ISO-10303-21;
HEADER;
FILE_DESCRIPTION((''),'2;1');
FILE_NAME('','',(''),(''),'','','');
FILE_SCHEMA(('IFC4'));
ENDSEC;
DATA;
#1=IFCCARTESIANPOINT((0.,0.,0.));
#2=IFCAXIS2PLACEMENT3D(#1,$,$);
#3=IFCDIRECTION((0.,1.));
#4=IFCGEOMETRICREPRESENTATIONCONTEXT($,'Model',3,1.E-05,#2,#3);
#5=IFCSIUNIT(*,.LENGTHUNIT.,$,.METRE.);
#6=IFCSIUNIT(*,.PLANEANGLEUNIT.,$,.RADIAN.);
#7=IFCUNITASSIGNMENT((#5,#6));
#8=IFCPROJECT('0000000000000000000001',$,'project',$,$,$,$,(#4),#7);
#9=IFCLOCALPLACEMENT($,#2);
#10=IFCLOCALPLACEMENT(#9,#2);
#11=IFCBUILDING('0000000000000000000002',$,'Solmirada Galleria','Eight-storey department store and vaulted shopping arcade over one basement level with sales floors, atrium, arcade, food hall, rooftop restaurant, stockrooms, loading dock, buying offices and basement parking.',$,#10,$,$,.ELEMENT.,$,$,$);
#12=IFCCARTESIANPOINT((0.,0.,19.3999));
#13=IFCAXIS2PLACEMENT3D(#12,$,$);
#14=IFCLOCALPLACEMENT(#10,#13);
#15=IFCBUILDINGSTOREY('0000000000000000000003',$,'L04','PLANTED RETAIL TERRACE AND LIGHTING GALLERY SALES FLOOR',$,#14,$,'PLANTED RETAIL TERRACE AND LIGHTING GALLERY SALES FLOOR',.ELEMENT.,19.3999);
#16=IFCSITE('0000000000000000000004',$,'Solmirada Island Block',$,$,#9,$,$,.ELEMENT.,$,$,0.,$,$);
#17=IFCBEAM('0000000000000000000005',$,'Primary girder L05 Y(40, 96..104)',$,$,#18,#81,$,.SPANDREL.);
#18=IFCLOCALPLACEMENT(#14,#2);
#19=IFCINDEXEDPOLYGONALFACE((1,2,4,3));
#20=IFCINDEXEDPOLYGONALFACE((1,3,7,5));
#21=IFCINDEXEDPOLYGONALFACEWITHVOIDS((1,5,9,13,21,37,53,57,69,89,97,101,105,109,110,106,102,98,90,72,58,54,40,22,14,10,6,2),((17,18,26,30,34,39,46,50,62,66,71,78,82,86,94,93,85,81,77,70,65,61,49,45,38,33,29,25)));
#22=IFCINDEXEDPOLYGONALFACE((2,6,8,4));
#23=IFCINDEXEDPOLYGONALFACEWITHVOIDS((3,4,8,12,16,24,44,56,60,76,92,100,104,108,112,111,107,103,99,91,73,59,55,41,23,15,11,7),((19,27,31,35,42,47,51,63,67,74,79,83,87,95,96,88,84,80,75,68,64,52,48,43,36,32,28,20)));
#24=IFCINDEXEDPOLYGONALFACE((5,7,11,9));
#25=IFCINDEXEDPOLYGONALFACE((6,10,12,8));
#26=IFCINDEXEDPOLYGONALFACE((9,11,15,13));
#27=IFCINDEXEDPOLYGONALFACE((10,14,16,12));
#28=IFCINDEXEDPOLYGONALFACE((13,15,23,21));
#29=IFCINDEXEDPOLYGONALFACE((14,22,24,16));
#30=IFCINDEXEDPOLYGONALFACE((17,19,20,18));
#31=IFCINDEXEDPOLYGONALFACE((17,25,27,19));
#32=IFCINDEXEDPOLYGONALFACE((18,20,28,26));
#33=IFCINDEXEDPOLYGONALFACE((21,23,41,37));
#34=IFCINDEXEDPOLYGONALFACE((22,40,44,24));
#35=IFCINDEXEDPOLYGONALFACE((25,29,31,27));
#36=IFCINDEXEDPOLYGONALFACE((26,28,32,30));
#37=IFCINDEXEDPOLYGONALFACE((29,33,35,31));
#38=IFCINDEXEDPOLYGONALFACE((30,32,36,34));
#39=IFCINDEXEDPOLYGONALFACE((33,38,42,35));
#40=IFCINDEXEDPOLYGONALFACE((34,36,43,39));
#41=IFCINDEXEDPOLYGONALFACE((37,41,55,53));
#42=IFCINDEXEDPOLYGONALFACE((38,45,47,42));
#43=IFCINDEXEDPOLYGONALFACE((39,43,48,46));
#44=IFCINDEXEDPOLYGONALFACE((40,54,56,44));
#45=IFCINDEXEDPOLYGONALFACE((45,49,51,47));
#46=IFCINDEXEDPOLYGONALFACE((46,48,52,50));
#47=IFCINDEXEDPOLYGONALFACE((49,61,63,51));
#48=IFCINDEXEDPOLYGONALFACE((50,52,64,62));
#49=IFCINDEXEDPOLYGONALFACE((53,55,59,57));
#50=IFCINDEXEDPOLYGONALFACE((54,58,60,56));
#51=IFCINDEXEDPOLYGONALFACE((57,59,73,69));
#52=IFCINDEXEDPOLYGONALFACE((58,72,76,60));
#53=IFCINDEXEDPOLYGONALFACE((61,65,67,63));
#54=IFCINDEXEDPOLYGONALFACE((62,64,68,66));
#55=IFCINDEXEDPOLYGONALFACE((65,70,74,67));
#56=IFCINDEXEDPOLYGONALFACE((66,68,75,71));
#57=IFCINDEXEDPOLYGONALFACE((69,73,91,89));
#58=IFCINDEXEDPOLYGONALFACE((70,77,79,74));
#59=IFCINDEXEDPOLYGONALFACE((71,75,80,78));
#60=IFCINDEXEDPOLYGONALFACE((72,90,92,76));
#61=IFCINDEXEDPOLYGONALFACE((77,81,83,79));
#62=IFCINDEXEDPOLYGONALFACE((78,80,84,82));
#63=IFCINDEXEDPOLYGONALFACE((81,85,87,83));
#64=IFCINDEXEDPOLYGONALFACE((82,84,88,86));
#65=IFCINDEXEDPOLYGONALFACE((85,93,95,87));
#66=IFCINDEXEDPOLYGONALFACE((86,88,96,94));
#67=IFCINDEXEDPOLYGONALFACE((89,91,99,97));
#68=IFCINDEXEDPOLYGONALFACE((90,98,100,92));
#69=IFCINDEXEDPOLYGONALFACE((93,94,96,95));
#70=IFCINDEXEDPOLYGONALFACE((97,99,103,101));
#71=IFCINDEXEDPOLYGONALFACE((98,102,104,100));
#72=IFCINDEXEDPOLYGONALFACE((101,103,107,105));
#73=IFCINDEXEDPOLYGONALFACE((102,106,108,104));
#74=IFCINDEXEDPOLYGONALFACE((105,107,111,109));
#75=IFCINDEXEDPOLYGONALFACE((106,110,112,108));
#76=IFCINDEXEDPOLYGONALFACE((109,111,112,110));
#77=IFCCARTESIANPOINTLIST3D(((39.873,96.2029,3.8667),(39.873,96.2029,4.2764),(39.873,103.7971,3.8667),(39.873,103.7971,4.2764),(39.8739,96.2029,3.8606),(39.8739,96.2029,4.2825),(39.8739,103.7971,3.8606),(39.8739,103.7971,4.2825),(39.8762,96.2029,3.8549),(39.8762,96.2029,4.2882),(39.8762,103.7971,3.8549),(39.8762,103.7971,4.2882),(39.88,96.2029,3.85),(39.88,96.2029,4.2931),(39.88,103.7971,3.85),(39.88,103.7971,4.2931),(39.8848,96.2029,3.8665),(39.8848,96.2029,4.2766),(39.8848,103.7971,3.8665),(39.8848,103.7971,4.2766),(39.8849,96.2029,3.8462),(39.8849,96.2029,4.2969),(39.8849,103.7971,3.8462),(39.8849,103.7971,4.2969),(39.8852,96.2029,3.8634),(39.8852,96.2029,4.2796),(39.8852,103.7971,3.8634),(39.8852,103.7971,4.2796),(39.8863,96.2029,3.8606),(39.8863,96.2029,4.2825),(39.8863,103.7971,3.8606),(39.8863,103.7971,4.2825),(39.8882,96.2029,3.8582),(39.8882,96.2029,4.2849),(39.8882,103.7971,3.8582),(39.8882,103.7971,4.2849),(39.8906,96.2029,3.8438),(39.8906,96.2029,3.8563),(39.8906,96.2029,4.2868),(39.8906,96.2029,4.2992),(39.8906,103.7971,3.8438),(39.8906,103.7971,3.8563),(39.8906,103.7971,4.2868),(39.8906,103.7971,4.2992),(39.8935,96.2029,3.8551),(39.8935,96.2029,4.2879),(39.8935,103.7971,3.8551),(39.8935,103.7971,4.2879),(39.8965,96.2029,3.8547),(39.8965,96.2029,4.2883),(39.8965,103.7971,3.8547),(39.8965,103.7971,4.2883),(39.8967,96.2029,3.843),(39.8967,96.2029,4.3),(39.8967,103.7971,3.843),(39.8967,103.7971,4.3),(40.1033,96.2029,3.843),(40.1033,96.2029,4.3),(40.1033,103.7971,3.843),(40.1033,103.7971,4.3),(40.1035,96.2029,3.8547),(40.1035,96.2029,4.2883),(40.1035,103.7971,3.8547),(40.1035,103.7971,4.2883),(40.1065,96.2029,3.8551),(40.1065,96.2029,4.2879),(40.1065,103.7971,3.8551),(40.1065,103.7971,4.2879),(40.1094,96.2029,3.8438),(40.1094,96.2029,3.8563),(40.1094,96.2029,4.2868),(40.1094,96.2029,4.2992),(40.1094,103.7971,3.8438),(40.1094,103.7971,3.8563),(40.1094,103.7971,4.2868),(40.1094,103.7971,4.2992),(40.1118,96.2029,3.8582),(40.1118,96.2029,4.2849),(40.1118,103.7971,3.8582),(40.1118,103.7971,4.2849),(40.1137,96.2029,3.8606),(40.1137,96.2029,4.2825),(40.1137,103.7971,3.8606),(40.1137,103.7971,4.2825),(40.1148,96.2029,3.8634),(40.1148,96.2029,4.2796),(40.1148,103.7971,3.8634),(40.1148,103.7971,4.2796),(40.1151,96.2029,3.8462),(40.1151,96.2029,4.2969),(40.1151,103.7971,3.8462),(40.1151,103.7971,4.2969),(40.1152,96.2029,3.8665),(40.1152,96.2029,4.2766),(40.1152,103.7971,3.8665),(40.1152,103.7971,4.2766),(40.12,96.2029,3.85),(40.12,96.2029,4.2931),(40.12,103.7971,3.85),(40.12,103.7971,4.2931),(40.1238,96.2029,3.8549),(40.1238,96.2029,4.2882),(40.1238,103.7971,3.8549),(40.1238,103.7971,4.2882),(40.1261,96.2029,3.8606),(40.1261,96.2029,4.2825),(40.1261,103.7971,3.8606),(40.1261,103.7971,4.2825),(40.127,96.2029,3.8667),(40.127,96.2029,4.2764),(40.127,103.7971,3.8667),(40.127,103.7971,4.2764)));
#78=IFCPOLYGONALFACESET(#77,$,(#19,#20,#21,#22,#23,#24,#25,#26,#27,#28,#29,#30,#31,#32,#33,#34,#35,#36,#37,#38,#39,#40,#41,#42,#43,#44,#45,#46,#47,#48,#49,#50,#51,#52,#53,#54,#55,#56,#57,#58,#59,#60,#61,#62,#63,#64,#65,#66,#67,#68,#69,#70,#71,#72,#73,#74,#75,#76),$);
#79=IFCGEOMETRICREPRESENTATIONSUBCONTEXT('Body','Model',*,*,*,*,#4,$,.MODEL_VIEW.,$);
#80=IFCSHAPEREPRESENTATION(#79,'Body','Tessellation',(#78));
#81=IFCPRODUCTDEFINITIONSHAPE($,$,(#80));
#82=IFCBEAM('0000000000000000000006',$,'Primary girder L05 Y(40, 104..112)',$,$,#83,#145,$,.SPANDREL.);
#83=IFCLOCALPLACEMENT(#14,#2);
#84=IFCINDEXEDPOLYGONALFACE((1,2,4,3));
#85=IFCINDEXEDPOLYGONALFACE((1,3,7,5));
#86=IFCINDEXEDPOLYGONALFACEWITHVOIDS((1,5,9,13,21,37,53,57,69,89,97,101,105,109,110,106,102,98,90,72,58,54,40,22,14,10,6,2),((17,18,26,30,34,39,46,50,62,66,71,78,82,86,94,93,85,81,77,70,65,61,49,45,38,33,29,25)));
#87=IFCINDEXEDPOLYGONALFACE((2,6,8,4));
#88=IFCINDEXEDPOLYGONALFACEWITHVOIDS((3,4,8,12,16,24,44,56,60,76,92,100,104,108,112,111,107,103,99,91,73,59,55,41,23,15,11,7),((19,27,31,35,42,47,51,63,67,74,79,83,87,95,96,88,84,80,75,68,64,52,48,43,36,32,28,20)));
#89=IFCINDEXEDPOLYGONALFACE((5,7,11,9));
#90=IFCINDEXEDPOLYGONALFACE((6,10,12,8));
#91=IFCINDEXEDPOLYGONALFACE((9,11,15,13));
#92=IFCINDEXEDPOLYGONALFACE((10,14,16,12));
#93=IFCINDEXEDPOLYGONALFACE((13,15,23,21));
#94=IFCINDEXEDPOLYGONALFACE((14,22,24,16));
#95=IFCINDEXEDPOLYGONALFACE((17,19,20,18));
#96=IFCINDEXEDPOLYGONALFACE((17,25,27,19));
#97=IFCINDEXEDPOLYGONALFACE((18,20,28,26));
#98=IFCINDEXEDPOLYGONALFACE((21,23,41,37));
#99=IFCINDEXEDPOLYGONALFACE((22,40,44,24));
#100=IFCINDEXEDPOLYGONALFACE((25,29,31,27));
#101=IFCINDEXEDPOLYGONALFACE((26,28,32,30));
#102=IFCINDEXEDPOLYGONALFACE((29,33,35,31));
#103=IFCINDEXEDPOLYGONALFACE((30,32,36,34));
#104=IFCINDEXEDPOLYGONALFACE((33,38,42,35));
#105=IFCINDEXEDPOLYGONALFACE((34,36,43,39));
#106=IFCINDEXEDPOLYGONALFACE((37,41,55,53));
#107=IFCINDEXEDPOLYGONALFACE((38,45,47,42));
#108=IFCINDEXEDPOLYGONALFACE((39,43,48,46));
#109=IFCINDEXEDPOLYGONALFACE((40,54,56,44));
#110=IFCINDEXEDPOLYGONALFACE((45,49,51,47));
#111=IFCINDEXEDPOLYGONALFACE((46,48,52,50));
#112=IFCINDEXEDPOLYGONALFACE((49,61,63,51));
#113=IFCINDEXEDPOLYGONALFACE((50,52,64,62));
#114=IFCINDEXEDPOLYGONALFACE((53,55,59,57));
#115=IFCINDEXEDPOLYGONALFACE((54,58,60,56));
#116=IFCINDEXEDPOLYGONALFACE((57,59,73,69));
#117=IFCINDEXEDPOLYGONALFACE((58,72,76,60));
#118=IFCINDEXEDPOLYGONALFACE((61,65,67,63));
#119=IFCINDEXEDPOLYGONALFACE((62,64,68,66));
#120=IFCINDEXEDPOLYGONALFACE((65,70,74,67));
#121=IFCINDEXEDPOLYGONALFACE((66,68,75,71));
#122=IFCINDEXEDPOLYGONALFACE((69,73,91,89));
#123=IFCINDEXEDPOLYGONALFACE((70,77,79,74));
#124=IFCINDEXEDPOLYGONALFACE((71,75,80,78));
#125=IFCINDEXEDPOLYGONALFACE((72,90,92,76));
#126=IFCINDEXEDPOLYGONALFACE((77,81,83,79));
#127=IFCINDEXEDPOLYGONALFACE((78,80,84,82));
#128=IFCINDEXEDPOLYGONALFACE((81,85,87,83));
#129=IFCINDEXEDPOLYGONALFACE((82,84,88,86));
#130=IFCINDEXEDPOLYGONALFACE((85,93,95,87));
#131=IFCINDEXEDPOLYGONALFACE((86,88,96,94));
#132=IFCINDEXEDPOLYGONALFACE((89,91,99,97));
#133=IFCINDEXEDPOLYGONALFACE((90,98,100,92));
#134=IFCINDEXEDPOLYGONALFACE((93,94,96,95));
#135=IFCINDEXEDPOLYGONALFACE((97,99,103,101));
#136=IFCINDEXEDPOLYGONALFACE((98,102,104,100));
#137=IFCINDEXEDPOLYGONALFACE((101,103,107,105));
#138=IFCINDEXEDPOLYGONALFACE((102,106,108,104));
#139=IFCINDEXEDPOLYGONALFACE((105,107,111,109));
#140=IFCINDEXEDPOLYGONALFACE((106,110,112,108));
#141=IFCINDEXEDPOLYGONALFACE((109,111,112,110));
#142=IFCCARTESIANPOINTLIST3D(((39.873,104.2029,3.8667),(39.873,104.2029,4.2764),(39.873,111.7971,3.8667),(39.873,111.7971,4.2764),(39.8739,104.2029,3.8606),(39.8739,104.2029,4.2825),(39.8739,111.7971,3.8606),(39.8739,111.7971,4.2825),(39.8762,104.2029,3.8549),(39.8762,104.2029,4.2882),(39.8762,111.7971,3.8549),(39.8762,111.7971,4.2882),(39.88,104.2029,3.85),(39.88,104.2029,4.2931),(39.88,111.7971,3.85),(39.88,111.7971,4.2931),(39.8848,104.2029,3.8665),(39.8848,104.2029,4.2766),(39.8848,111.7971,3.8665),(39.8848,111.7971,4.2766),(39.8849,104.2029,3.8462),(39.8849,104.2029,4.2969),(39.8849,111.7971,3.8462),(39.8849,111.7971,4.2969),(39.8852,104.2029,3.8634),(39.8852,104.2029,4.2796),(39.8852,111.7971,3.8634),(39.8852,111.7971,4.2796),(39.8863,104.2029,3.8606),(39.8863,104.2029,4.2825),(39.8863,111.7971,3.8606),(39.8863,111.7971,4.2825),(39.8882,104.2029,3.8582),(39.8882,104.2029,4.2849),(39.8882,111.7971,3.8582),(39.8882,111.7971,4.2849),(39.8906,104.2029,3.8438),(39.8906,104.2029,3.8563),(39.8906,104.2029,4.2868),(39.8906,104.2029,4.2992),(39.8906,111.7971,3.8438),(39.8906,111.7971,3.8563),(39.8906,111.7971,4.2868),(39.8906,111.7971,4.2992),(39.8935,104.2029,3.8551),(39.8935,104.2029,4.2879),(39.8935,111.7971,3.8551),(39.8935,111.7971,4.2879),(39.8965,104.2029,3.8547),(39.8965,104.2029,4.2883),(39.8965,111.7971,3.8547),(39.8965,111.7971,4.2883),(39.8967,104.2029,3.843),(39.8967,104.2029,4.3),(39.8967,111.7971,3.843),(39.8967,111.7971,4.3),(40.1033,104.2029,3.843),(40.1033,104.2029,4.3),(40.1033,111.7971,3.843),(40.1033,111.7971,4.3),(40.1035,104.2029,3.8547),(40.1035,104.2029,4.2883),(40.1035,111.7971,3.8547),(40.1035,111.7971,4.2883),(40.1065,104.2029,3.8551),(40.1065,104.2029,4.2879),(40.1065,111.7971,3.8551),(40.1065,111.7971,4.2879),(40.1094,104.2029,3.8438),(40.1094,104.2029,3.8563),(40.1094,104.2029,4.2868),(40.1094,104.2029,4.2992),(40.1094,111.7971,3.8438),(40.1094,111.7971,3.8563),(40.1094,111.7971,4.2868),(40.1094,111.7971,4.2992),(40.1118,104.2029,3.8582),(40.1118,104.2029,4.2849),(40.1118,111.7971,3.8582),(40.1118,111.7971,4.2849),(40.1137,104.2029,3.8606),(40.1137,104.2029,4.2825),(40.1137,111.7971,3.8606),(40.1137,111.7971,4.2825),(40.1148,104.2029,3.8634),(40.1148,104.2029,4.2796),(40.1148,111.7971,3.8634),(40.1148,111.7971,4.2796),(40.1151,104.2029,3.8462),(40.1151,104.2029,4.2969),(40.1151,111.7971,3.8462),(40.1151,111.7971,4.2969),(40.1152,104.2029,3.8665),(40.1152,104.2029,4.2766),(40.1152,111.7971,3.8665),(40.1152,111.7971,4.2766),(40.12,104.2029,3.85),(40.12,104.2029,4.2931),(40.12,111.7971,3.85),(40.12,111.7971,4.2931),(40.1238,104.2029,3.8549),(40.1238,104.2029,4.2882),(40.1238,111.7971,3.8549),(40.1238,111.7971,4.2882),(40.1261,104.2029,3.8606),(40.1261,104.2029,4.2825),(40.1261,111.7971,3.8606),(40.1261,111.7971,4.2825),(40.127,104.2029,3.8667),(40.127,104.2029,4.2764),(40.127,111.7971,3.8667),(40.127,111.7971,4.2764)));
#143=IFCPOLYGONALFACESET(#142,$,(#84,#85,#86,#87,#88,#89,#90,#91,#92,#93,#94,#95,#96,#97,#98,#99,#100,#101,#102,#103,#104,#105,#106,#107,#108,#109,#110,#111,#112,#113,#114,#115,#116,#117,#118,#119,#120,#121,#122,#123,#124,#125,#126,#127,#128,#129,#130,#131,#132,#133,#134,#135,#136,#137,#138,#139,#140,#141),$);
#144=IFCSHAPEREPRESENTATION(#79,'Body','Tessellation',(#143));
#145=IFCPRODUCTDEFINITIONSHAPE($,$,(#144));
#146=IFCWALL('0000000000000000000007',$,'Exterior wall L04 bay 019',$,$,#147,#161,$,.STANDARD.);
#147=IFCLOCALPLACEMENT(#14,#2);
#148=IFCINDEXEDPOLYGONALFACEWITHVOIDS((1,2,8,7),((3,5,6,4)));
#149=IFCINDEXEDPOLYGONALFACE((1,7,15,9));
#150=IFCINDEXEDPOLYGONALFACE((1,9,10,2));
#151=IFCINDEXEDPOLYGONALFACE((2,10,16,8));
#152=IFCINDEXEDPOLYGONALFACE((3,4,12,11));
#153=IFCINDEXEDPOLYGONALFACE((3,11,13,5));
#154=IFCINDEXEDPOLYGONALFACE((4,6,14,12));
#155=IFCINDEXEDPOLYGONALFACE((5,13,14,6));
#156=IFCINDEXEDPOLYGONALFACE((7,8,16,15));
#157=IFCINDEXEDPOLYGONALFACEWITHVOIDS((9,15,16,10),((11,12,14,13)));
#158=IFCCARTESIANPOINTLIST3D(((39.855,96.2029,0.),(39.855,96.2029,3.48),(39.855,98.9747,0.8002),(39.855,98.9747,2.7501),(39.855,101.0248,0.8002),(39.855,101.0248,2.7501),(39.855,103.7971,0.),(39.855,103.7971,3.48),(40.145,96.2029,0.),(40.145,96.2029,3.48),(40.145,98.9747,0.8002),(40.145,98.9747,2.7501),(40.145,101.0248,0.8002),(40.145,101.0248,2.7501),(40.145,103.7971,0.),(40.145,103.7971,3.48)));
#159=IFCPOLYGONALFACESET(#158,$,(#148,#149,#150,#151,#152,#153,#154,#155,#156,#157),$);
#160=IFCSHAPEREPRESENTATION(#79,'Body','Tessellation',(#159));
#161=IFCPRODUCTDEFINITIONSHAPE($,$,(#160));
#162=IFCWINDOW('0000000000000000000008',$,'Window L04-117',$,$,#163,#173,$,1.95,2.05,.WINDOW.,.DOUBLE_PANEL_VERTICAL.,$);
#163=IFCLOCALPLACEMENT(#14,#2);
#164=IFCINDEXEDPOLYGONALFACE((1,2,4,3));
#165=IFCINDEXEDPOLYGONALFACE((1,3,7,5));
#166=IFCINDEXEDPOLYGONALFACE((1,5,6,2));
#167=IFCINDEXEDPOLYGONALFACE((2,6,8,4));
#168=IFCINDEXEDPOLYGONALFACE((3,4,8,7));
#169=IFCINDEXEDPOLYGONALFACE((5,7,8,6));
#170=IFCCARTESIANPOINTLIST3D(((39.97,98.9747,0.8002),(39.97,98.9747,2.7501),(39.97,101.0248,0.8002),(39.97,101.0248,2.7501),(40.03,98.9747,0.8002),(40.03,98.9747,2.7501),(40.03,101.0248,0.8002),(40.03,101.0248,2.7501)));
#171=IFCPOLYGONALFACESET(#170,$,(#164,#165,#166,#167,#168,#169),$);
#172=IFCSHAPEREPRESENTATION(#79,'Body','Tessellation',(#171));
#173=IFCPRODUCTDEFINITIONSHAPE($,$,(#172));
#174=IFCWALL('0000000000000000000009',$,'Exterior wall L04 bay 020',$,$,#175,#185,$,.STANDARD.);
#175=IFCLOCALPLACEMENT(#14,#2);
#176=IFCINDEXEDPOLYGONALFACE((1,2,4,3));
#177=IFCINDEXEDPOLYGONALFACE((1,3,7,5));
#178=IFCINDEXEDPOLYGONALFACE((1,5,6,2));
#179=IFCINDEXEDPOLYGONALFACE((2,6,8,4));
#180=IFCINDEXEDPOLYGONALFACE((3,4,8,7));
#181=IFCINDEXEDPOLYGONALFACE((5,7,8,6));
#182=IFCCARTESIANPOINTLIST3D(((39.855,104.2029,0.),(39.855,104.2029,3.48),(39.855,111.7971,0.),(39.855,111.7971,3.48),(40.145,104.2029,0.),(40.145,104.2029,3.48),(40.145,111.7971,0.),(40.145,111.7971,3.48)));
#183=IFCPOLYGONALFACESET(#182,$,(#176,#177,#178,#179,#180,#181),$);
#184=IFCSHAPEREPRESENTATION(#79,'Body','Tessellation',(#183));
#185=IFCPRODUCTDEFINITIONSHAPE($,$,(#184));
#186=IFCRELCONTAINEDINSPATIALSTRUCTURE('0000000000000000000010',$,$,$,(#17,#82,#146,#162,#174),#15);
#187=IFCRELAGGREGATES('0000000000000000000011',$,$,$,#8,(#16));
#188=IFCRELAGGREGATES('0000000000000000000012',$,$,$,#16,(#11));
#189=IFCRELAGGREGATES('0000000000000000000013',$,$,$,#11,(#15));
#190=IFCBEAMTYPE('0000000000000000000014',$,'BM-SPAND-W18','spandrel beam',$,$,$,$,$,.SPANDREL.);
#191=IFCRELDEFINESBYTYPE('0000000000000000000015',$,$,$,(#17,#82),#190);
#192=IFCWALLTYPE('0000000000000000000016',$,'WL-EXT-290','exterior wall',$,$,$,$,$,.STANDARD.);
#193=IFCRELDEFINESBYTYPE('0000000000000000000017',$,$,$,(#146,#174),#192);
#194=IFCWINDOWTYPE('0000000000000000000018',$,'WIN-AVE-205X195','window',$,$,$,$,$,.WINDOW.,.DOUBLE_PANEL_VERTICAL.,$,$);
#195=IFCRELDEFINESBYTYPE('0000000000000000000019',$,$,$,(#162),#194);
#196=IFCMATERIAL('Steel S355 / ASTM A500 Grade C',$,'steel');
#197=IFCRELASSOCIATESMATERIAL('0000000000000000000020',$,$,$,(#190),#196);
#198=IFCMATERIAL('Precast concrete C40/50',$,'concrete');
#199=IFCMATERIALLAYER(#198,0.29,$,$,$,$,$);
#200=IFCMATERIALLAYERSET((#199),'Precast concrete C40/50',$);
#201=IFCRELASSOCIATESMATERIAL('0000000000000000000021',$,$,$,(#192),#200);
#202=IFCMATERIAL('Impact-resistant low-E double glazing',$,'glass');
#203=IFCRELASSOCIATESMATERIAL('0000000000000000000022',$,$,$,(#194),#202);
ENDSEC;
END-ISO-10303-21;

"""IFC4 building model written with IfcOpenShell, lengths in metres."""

from ifc_helpers import new_model, si_unit, direction, frame, frame_2d, origin, origin_2d, place, context, subcontext, project, spatial, rectangle, hollow_rectangle, extrude, material, layer, layer_set, material_profile, profile_set, type_object, element, fill, save


model = new_model("IFC4")

# Units and contexts
model_context = context("Model", 3, precision=1e-05, world=origin(), true_north=direction((0.0, 1.0)))
body_context = subcontext(model_context, "Body", "Model", "MODEL_VIEW")
ifc_project = project(units=[si_unit("LENGTHUNIT", "METRE"), si_unit("PLANEANGLEUNIT", "RADIAN")], contexts=[model_context])

# Site, building, storey
site_placement = place(None, origin())
site = spatial("IfcSite", under=ifc_project, at=site_placement, Name="Solmirada Island Block", CompositionType="ELEMENT", RefElevation=0.0)
building_placement = place(site_placement, origin())
building = spatial("IfcBuilding", under=site, at=building_placement, Name="Solmirada Galleria", Description="Eight-storey department store and vaulted shopping arcade over one basement level with sales floors, atrium, arcade, food hall, rooftop restaurant, stockrooms, loading dock, buying offices and basement parking.", CompositionType="ELEMENT")
storey_placement = place(building_placement, frame((0.0, 0.0, 19.3999)))
storey = spatial("IfcBuildingStorey", under=building, at=storey_placement, Name="L04", Description="PLANTED RETAIL TERRACE AND LIGHTING GALLERY SALES FLOOR", LongName="PLANTED RETAIL TERRACE AND LIGHTING GALLERY SALES FLOOR", CompositionType="ELEMENT", Elevation=19.3999)

# Shared definitions
ifc_material_1 = material(Name="Steel S355 / ASTM A500 Grade C", Category="steel")

# Beams
ifc_material_profile_1 = material_profile(ifc_material_1, hollow_rectangle(XDim=0.2539, YDim=0.457, WallThickness=0.0117, InnerFilletRadius=0.0117, OuterFilletRadius=0.0237, at=origin_2d()), Name="HSS18X10X1/2")
ifc_profile_set_1 = profile_set([ifc_material_profile_1], Name="Steel S355 / ASTM A500 Grade C")
beam_type_1 = type_object("IfcBeamType", Name="BM-SPAND-W18", Description="spandrel beam", PredefinedType="SPANDREL", material=ifc_profile_set_1)
for number, where, z_axis, x_axis, name in (
    (1, (40.0, 96.2029, 4.0715), (0.0, 1.0, 0.0), (-1.0, 0.0, 0.0), "Primary girder L05 Y(40, 96..104)"),
    (2, (40.0, 104.2029, 4.0715), (0.0, 1.0, 0.0), (-1.0, 0.0, 0.0), "Primary girder L05 Y(40, 104..112)"),
):
    element("IfcBeam", number, at=place(storey_placement, frame(where, z_axis=z_axis, x_axis=x_axis)), inside=storey, type_object=beam_type_1, Name=name, PredefinedType="SPANDREL", context=body_context, shape_type="SweptSolid", body=[
        extrude(hollow_rectangle(XDim=0.2539, YDim=0.457, WallThickness=0.0117, InnerFilletRadius=0.0117, OuterFilletRadius=0.0237, at=origin_2d()), origin(), (0.0, 0.0, 1.0), 7.5942),
    ])

# Wall, opening, window
ifc_material_2 = material(Name="Precast concrete C40/50", Category="concrete")
ifc_layer_1 = layer(ifc_material_2, 0.29)
ifc_layer_set_1 = layer_set([ifc_layer_1], Name="Precast concrete C40/50")
wall_type_1 = type_object("IfcWallType", Name="WL-EXT-290", Description="exterior wall", PredefinedType="STANDARD", material=ifc_layer_set_1)
wall_1_placement = place(storey_placement, frame((40.0, 96.2029, 0.0), z_axis=(0.0, 0.0, 1.0), x_axis=(0.0, 1.0, 0.0)))
wall_1 = element("IfcWall", 3, at=wall_1_placement, inside=storey, type_object=wall_type_1, Name="Exterior wall L04 bay 019", PredefinedType="STANDARD", context=body_context, shape_type="SweptSolid", body=[
    extrude(rectangle(XDim=7.5942, YDim=0.29, at=frame_2d((3.7971, 0.0))), origin(), (0.0, 0.0, 1.0), 3.48),
])
opening_1_placement = place(wall_1_placement, frame((2.772, 0.0, 0.8)))
opening_1 = element("IfcOpeningElement", 4, at=opening_1_placement, cuts=wall_1, PredefinedType="OPENING", context=body_context, shape_type="SweptSolid", body=[
    extrude(rectangle(XDim=2.05, YDim=1.95, at=frame_2d((1.0249, 0.9751))), frame((0.0, 0.155, 0.0), z_axis=(0.0, -1.0, 0.0), x_axis=(1.0, 0.0, 0.0)), (0.0, 0.0, 1.0), 0.3101),
])
ifc_material_3 = material(Name="Impact-resistant low-E double glazing", Category="glass")
window_type = type_object("IfcWindowType", Name="WIN-AVE-205X195", Description="window", PartitioningType="DOUBLE_PANEL_VERTICAL", PredefinedType="WINDOW", material=ifc_material_3)
window_placement = place(opening_1_placement, origin())
window = element("IfcWindow", 5, at=window_placement, inside=storey, type_object=window_type, Name="Window L04-117", OverallHeight=1.95, OverallWidth=2.05, PartitioningType="DOUBLE_PANEL_VERTICAL", PredefinedType="WINDOW", context=body_context, shape_type="SweptSolid", body=[
    extrude(rectangle(XDim=2.05, YDim=1.95, at=frame_2d((1.0249, 0.9751))), frame((0.0, 0.03, 0.0), z_axis=(0.0, -1.0, 0.0), x_axis=(1.0, 0.0, 0.0)), (0.0, 0.0, 1.0), 0.0601),
])
fill(opening_1, window)

# Wall
wall_2_placement = place(storey_placement, frame((40.0, 104.2029, 0.0), z_axis=(0.0, 0.0, 1.0), x_axis=(0.0, 1.0, 0.0)))
element("IfcWall", 6, at=wall_2_placement, inside=storey, type_object=wall_type_1, Name="Exterior wall L04 bay 020", PredefinedType="STANDARD", context=body_context, shape_type="SweptSolid", body=[
    extrude(rectangle(XDim=7.5942, YDim=0.29, at=frame_2d((3.7971, 0.0))), origin(), (0.0, 0.0, 1.0), 3.48),
])

save(model, "model.ifc")
